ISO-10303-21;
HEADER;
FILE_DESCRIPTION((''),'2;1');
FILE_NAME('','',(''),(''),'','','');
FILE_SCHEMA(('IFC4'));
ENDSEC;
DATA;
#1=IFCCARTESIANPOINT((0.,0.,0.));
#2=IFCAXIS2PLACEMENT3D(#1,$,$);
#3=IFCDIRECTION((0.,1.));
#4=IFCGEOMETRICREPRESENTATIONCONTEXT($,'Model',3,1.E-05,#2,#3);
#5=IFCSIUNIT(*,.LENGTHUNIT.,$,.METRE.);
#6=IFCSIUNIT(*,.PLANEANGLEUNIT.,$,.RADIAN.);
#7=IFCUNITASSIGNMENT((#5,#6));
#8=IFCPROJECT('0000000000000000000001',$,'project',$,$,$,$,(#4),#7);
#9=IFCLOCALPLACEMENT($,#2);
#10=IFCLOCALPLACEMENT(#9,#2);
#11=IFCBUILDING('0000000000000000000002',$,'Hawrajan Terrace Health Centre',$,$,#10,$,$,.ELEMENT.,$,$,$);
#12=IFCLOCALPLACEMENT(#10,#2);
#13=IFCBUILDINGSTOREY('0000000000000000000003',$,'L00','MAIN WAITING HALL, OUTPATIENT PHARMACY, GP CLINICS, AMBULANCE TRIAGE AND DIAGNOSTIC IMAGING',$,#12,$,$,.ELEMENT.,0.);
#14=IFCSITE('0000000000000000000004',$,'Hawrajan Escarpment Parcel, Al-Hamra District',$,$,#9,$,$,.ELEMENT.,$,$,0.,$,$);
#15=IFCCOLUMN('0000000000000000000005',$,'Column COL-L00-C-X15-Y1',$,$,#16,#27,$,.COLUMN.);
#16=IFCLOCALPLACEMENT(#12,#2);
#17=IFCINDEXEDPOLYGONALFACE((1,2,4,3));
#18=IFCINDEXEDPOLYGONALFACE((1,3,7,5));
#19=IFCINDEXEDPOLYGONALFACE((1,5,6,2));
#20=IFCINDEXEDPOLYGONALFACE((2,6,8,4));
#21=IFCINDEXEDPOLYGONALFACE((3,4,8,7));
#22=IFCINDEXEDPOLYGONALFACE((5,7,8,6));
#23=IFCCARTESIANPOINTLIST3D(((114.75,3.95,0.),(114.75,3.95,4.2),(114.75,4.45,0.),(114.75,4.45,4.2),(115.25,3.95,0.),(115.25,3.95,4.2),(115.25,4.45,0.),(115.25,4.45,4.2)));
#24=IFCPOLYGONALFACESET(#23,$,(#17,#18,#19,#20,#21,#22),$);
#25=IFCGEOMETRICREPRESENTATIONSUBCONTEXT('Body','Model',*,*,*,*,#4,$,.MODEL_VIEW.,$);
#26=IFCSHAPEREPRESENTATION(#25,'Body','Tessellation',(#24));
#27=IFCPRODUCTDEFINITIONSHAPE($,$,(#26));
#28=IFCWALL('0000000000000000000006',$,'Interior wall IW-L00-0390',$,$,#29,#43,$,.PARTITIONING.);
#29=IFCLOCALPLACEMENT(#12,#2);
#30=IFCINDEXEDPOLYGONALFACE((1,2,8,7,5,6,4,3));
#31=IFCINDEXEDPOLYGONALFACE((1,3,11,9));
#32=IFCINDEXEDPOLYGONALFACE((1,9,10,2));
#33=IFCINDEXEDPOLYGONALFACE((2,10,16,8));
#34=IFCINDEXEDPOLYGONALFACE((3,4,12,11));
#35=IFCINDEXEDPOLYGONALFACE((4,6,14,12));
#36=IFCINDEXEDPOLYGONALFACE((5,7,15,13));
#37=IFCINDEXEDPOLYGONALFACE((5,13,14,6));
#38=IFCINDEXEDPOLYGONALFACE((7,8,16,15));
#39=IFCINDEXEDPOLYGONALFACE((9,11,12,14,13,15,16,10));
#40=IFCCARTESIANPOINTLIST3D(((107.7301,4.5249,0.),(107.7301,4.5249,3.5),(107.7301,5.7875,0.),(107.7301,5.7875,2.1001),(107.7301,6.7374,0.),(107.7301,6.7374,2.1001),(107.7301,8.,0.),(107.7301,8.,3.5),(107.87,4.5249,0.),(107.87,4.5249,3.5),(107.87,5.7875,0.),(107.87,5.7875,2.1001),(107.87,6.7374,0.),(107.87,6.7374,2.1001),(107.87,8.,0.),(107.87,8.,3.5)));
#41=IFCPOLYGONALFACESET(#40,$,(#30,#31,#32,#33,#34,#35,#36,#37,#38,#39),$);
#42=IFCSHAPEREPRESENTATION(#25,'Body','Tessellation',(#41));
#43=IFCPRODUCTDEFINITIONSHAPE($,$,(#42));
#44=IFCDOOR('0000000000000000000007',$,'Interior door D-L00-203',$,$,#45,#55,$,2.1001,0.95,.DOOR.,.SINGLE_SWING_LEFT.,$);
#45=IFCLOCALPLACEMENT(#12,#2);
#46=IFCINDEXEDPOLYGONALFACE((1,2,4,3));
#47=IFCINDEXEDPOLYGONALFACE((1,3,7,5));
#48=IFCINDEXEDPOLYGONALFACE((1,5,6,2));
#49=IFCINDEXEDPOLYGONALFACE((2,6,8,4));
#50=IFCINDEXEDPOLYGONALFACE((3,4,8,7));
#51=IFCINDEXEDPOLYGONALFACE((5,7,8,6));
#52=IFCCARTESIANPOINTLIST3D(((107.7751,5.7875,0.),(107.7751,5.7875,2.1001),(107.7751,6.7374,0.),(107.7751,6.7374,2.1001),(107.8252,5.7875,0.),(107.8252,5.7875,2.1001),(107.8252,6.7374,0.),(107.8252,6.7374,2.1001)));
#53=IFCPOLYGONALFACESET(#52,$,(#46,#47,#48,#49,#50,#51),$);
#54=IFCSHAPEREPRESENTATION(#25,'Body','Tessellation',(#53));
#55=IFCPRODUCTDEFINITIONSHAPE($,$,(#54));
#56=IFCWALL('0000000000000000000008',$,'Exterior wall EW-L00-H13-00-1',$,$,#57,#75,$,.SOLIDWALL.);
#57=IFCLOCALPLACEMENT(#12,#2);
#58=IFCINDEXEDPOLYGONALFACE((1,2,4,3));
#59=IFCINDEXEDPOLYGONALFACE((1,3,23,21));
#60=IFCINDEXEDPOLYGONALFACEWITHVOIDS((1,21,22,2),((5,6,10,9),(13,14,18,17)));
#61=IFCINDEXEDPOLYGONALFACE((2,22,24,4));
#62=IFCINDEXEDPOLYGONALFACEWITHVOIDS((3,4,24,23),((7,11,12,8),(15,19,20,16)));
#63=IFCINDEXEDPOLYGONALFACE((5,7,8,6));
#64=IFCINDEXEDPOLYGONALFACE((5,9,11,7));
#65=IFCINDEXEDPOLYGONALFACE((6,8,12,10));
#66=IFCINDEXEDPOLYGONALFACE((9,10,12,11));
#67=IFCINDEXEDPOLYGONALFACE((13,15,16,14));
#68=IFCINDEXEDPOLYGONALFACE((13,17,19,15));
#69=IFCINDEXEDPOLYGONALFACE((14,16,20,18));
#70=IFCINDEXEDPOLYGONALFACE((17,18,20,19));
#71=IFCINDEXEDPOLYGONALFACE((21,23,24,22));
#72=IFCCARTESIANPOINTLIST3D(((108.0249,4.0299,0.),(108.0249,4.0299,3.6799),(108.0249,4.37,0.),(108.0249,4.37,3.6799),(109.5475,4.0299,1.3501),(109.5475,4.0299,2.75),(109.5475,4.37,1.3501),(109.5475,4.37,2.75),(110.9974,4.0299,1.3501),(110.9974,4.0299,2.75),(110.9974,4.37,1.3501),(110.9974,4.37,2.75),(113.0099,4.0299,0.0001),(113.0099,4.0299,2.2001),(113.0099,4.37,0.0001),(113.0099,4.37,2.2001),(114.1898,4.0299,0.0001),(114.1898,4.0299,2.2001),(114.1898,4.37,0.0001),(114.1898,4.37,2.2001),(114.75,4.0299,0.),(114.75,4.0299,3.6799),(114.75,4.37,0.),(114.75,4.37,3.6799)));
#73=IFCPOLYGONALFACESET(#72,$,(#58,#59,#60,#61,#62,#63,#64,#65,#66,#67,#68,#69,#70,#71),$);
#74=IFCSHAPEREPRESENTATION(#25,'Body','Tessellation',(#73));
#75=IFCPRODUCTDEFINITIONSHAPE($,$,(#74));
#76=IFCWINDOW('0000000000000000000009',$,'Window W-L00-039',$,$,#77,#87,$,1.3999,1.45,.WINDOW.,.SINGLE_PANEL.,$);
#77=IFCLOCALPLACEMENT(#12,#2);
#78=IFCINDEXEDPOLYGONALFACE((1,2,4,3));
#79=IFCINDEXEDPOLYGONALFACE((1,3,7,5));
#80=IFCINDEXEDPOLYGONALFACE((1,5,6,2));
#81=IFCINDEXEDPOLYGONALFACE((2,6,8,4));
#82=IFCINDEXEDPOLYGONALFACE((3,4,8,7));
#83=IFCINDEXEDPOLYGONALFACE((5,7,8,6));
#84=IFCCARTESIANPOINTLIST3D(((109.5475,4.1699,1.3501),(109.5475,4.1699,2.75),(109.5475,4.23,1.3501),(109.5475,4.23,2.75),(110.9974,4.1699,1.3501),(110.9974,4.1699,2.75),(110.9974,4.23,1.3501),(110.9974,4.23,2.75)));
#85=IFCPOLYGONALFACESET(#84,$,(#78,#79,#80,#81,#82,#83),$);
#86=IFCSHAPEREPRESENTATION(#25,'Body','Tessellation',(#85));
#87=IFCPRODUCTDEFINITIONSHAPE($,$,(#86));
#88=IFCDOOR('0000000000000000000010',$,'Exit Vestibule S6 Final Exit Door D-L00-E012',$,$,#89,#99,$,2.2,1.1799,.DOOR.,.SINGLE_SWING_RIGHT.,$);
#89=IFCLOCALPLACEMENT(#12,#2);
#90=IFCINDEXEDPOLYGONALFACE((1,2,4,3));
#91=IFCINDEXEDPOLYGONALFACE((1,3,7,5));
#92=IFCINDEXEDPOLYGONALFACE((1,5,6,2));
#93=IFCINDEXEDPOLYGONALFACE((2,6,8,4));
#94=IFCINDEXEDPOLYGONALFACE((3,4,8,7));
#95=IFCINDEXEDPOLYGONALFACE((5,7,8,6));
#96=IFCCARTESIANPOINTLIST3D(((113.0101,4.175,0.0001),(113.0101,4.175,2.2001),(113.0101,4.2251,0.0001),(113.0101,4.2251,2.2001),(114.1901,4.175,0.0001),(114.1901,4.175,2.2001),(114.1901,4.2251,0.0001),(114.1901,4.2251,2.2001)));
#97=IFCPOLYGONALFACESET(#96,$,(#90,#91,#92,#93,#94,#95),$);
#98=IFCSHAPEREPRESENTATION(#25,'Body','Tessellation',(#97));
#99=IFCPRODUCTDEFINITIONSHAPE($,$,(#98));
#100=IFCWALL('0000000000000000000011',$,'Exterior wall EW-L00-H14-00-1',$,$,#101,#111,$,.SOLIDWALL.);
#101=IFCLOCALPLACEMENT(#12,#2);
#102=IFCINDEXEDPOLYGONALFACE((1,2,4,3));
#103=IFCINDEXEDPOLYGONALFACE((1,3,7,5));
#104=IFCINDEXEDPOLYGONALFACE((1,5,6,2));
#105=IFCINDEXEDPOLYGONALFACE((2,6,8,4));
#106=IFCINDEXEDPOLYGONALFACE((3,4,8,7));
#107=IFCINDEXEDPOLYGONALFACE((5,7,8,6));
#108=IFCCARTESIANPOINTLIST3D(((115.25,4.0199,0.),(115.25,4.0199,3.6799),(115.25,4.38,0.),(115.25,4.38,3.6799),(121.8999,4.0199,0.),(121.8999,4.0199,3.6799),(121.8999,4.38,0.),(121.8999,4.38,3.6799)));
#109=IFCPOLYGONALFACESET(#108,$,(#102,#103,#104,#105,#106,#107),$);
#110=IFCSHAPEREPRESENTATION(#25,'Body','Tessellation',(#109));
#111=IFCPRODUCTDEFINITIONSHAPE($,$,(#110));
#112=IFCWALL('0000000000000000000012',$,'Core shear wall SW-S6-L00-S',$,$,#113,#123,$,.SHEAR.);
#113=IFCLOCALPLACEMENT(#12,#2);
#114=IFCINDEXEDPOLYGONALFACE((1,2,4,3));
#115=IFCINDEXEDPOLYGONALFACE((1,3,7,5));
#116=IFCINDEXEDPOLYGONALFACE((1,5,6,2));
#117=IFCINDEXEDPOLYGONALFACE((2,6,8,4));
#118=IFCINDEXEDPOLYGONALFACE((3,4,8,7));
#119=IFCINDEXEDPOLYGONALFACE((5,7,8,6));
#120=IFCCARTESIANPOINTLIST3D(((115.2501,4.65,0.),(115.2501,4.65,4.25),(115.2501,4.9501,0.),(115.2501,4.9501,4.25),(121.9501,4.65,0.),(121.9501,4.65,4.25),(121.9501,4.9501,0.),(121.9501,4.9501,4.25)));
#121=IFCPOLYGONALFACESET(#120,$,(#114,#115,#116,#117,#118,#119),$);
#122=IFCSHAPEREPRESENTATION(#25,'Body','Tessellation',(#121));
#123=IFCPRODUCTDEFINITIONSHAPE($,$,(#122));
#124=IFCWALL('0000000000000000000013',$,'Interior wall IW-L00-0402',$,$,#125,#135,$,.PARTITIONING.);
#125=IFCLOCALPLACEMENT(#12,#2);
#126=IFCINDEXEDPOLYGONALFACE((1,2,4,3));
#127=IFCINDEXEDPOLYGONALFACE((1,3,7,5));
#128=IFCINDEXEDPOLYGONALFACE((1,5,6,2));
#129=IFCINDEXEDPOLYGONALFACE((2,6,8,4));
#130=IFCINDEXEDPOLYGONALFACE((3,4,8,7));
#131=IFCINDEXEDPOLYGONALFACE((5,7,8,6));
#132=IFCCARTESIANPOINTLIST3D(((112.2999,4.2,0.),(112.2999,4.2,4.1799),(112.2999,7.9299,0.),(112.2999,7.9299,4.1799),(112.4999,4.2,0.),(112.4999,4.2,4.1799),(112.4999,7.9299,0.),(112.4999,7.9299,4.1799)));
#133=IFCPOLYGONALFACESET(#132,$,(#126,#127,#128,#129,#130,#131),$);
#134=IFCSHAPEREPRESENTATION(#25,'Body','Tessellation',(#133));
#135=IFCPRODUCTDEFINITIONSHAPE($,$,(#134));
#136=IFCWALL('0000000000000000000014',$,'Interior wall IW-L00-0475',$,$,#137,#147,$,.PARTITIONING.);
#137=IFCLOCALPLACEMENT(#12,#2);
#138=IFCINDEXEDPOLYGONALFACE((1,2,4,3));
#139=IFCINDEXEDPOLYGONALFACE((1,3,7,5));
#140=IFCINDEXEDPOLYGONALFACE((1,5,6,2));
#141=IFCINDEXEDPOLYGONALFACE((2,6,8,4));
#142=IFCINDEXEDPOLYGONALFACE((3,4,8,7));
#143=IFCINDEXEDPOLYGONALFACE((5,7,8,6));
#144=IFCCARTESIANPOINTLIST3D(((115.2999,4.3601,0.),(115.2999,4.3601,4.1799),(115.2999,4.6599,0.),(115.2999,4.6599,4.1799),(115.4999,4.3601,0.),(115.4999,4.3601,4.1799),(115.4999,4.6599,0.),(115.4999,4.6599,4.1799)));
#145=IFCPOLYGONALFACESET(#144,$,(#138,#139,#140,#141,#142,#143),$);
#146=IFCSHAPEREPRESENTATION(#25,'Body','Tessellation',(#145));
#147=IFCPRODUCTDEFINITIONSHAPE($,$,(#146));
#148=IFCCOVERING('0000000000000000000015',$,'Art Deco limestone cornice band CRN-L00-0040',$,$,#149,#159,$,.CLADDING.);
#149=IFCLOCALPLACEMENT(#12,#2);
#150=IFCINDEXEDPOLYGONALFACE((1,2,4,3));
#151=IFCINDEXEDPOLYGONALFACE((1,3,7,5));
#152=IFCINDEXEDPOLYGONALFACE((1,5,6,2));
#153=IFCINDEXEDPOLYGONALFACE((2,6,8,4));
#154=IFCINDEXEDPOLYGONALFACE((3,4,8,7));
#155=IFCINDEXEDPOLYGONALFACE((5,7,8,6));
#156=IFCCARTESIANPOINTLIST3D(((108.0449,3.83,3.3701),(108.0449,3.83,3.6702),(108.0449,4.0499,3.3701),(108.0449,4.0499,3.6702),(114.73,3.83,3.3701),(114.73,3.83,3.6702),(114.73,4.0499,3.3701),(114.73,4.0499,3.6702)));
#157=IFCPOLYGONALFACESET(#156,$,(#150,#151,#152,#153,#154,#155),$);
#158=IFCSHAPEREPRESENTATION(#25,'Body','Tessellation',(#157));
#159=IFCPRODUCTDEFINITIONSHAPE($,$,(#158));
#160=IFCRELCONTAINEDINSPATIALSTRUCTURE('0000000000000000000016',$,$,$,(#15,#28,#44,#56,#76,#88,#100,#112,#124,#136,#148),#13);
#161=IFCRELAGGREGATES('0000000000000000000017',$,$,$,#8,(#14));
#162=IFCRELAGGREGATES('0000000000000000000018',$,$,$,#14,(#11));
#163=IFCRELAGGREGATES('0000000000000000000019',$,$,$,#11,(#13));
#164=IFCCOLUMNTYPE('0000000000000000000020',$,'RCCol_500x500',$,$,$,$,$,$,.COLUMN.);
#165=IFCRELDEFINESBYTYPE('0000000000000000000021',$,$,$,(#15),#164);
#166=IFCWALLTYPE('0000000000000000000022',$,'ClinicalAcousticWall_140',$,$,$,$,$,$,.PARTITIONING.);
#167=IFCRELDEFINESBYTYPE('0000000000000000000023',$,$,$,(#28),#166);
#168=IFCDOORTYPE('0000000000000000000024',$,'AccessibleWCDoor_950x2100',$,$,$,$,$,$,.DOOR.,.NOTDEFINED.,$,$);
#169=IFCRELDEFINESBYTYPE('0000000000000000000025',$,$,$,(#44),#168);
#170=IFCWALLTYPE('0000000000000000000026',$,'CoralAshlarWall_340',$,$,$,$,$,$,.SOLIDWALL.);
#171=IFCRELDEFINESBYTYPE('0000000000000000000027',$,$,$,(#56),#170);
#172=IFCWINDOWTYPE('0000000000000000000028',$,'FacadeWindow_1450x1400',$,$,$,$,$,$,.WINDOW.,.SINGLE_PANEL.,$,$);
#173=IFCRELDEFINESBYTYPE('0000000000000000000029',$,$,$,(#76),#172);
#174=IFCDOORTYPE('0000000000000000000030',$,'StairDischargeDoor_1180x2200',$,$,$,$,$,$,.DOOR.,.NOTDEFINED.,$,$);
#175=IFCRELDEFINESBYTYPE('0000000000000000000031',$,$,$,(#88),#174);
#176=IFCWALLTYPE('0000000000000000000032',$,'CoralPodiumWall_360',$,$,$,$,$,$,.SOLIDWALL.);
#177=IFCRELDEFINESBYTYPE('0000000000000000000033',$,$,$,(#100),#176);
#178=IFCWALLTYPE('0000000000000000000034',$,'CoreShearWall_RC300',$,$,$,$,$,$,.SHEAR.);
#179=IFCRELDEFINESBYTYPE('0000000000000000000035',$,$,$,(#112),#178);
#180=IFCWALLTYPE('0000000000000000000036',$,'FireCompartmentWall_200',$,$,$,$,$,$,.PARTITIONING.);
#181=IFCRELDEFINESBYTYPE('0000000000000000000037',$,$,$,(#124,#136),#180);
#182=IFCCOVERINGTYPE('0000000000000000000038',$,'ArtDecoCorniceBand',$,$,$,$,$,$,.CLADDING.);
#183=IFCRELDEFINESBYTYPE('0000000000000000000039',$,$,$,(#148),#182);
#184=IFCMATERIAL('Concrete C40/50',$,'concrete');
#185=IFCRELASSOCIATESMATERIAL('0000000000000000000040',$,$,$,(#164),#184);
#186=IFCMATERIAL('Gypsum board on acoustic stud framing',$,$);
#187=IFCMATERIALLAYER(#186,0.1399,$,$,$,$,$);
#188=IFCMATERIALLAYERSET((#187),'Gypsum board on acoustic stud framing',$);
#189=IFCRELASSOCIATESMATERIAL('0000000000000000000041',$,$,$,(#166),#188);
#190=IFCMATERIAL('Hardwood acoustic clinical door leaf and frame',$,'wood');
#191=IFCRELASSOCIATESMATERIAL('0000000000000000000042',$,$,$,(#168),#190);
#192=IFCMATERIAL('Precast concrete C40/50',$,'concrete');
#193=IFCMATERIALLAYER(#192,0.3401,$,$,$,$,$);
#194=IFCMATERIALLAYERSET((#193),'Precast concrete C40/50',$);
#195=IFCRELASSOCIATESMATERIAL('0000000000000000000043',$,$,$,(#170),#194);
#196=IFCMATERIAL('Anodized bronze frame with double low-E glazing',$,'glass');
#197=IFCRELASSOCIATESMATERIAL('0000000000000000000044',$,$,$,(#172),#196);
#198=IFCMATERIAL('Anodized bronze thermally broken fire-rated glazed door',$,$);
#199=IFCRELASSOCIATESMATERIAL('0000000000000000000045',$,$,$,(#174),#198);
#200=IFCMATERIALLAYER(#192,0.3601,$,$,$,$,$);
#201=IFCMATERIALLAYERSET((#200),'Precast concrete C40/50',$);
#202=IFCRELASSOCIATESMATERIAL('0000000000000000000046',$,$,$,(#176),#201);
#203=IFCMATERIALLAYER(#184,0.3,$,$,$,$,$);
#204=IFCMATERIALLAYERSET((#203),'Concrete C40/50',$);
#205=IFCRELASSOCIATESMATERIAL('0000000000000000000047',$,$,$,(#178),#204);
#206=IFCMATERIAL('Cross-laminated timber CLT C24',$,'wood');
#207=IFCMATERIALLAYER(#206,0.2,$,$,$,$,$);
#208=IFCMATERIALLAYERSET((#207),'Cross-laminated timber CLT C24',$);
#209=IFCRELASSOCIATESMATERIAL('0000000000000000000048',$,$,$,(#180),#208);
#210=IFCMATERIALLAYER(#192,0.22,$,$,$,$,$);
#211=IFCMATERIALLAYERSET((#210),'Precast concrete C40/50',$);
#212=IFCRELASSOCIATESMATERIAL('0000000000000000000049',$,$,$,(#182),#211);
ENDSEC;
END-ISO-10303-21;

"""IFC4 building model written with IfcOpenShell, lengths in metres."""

from ifc_helpers import new_model, si_unit, direction, frame, frame_2d, origin, origin_2d, place, context, subcontext, project, spatial, rectangle, extrude, material, layer, layer_set, material_profile, profile_set, type_object, element, fill, save


model = new_model("IFC4")

# Units and contexts
model_context = context("Model", 3, precision=1e-05, world=origin(), true_north=direction((0.0, 1.0)))
body_context = subcontext(model_context, "Body", "Model", "MODEL_VIEW")
ifc_project = project(units=[si_unit("LENGTHUNIT", "METRE"), si_unit("PLANEANGLEUNIT", "RADIAN")], contexts=[model_context])

# Site, building, storey
site_placement = place(None, origin())
site = spatial("IfcSite", under=ifc_project, at=site_placement, Name="Hawrajan Escarpment Parcel, Al-Hamra District", CompositionType="ELEMENT", RefElevation=0.0)
building_placement = place(site_placement, origin())
building = spatial("IfcBuilding", under=site, at=building_placement, Name="Hawrajan Terrace Health Centre", CompositionType="ELEMENT")
storey_placement = place(building_placement, origin())
storey = spatial("IfcBuildingStorey", under=building, at=storey_placement, Name="L00", Description="MAIN WAITING HALL, OUTPATIENT PHARMACY, GP CLINICS, AMBULANCE TRIAGE AND DIAGNOSTIC IMAGING", CompositionType="ELEMENT", Elevation=0.0)

# Shared definitions
ifc_material_1 = material(Name="Concrete C40/50", Category="concrete")

# Column
ifc_material_profile_1 = material_profile(ifc_material_1, rectangle(XDim=0.5, YDim=0.5, at=origin_2d()), Name="RC 500x500")
ifc_profile_set_1 = profile_set([ifc_material_profile_1], Name="Concrete C40/50")
column_type = type_object("IfcColumnType", Name="RCCol_500x500", PredefinedType="COLUMN", material=ifc_profile_set_1)
column_placement = place(storey_placement, frame((115.0, 4.2, 0.0), z_axis=(0.0, 0.0, 1.0), x_axis=(1.0, 0.0, 0.0)))
element("IfcColumn", 1, at=column_placement, inside=storey, type_object=column_type, Name="Column COL-L00-C-X15-Y1", PredefinedType="COLUMN", context=body_context, shape_type="SweptSolid", body=[
    extrude(rectangle(XDim=0.5, YDim=0.5, at=origin_2d()), origin(), (0.0, 0.0, 1.0), 4.2),
])

# Wall, opening, door
ifc_material_2 = material(Name="Gypsum board on acoustic stud framing")
ifc_layer_1 = layer(ifc_material_2, 0.1399)
ifc_layer_set_1 = layer_set([ifc_layer_1], Name="Gypsum board on acoustic stud framing")
wall_type_1 = type_object("IfcWallType", Name="ClinicalAcousticWall_140", PredefinedType="PARTITIONING", material=ifc_layer_set_1)
wall_1_placement = place(storey_placement, frame((107.8, 4.5249, 0.0), z_axis=(0.0, 0.0, 1.0), x_axis=(0.0, 1.0, 0.0)))
wall_1 = element("IfcWall", 2, at=wall_1_placement, inside=storey, type_object=wall_type_1, Name="Interior wall IW-L00-0390", PredefinedType="PARTITIONING", context=body_context, shape_type="SweptSolid", body=[
    extrude(rectangle(XDim=3.4751, YDim=0.1399, at=frame_2d((1.7375, 0.0))), origin(), (0.0, 0.0, 1.0), 3.5),
])
opening_1_placement = place(wall_1_placement, frame((1.2625, 0.0, 0.0)))
opening_1 = element("IfcOpeningElement", 3, at=opening_1_placement, cuts=wall_1, PredefinedType="OPENING", context=body_context, shape_type="SweptSolid", body=[
    extrude(rectangle(XDim=0.95, YDim=2.1001, at=frame_2d((0.4751, 1.05))), frame((0.0, 0.0798, 0.0), z_axis=(0.0, -1.0, 0.0), x_axis=(1.0, 0.0, 0.0)), (0.0, 0.0, 1.0), 0.1599),
])
ifc_material_3 = material(Name="Hardwood acoustic clinical door leaf and frame", Category="wood")
door_type_1 = type_object("IfcDoorType", Name="AccessibleWCDoor_950x2100", OperationType="NOTDEFINED", PredefinedType="DOOR", material=ifc_material_3)
door_1_placement = place(opening_1_placement, origin())
door_1 = element("IfcDoor", 4, at=door_1_placement, inside=storey, type_object=door_type_1, Name="Interior door D-L00-203", OperationType="SINGLE_SWING_LEFT", OverallHeight=2.1001, OverallWidth=0.95, PredefinedType="DOOR", context=body_context, shape_type="SweptSolid", body=[
    extrude(rectangle(XDim=0.95, YDim=2.1001, at=frame_2d((0.4751, 1.05))), frame((0.0, 0.0249, 0.0), z_axis=(0.0, -1.0, 0.0), x_axis=(1.0, 0.0, 0.0)), (0.0, 0.0, 1.0), 0.05),
])
fill(opening_1, door_1)

# Wall, openings, window, door
ifc_material_4 = material(Name="Precast concrete C40/50", Category="concrete")
ifc_layer_2 = layer(ifc_material_4, 0.3401)
ifc_layer_set_2 = layer_set([ifc_layer_2], Name="Precast concrete C40/50")
wall_type_2 = type_object("IfcWallType", Name="CoralAshlarWall_340", PredefinedType="SOLIDWALL", material=ifc_layer_set_2)
wall_2_placement = place(storey_placement, frame((108.0249, 4.2, 0.0), z_axis=(0.0, 0.0, 1.0), x_axis=(1.0, 0.0, 0.0)))
wall_2 = element("IfcWall", 5, at=wall_2_placement, inside=storey, type_object=wall_type_2, Name="Exterior wall EW-L00-H13-00-1", PredefinedType="SOLIDWALL", context=body_context, shape_type="SweptSolid", body=[
    extrude(rectangle(XDim=6.7251, YDim=0.3401, at=frame_2d((3.3625, 0.0))), origin(), (0.0, 0.0, 1.0), 3.6799),
])
opening_2_placement = place(wall_2_placement, frame((4.9851, 0.0, 0.0)))
opening_2 = element("IfcOpeningElement", 6, at=opening_2_placement, cuts=wall_2, PredefinedType="OPENING", context=body_context, shape_type="SweptSolid", body=[
    extrude(rectangle(XDim=1.1799, YDim=2.2, at=frame_2d((0.5898, 1.1001))), frame((0.0, 0.1799, 0.0), z_axis=(0.0, -1.0, 0.0), x_axis=(1.0, 0.0, 0.0)), (0.0, 0.0, 1.0), 0.3601),
])
opening_3_placement = place(wall_2_placement, frame((1.5225, 0.0, 1.3501)))
opening_3 = element("IfcOpeningElement", 7, at=opening_3_placement, cuts=wall_2, PredefinedType="OPENING", context=body_context, shape_type="SweptSolid", body=[
    extrude(rectangle(XDim=1.45, YDim=1.3999, at=frame_2d((0.7251, 0.7))), frame((0.0, 0.1799, 0.0), z_axis=(0.0, -1.0, 0.0), x_axis=(1.0, 0.0, 0.0)), (0.0, 0.0, 1.0), 0.3601),
])
ifc_material_5 = material(Name="Anodized bronze frame with double low-E glazing", Category="glass")
window_type = type_object("IfcWindowType", Name="FacadeWindow_1450x1400", PartitioningType="SINGLE_PANEL", PredefinedType="WINDOW", material=ifc_material_5)
window_placement = place(opening_3_placement, origin())
window = element("IfcWindow", 8, at=window_placement, inside=storey, type_object=window_type, Name="Window W-L00-039", OverallHeight=1.3999, OverallWidth=1.45, PartitioningType="SINGLE_PANEL", PredefinedType="WINDOW", context=body_context, shape_type="SweptSolid", body=[
    extrude(rectangle(XDim=1.45, YDim=1.3999, at=frame_2d((0.7251, 0.7))), frame((0.0, 0.03, 0.0), z_axis=(0.0, -1.0, 0.0), x_axis=(1.0, 0.0, 0.0)), (0.0, 0.0, 1.0), 0.0601),
])
fill(opening_3, window)
ifc_material_6 = material(Name="Anodized bronze thermally broken fire-rated glazed door")
door_type_2 = type_object("IfcDoorType", Name="StairDischargeDoor_1180x2200", OperationType="NOTDEFINED", PredefinedType="DOOR", material=ifc_material_6)
door_2_placement = place(opening_2_placement, frame((1.1799, 0.0, 0.0), z_axis=(0.0, 0.0, 1.0), x_axis=(-1.0, 0.0, 0.0)))
door_2 = element("IfcDoor", 9, at=door_2_placement, inside=storey, type_object=door_type_2, Name="Exit Vestibule S6 Final Exit Door D-L00-E012", OperationType="SINGLE_SWING_RIGHT", OverallHeight=2.2, OverallWidth=1.1799, PredefinedType="DOOR", context=body_context, shape_type="SweptSolid", body=[
    extrude(rectangle(XDim=1.1799, YDim=2.2, at=frame_2d((0.5898, 1.1001))), frame((0.0, 0.0249, 0.0), z_axis=(0.0, -1.0, 0.0), x_axis=(1.0, 0.0, 0.0)), (0.0, 0.0, 1.0), 0.05),
])
fill(opening_2, door_2)

# Walls
ifc_layer_3 = layer(ifc_material_4, 0.3601)
ifc_layer_set_3 = layer_set([ifc_layer_3], Name="Precast concrete C40/50")
wall_type_3 = type_object("IfcWallType", Name="CoralPodiumWall_360", PredefinedType="SOLIDWALL", material=ifc_layer_set_3)
wall_3_placement = place(storey_placement, frame((115.25, 4.2, 0.0), z_axis=(0.0, 0.0, 1.0), x_axis=(1.0, 0.0, 0.0)))
element("IfcWall", 10, at=wall_3_placement, inside=storey, type_object=wall_type_3, Name="Exterior wall EW-L00-H14-00-1", PredefinedType="SOLIDWALL", context=body_context, shape_type="SweptSolid", body=[
    extrude(rectangle(XDim=6.6499, YDim=0.3601, at=frame_2d((3.325, 0.0))), origin(), (0.0, 0.0, 1.0), 3.6799),
])
ifc_layer_4 = layer(ifc_material_1, 0.3)
ifc_layer_set_4 = layer_set([ifc_layer_4], Name="Concrete C40/50")
wall_type_4 = type_object("IfcWallType", Name="CoreShearWall_RC300", PredefinedType="SHEAR", material=ifc_layer_set_4)
wall_4_placement = place(storey_placement, frame((115.25, 4.8, 0.0), z_axis=(0.0, 0.0, 1.0), x_axis=(1.0, 0.0, 0.0)))
element("IfcWall", 11, at=wall_4_placement, inside=storey, type_object=wall_type_4, Name="Core shear wall SW-S6-L00-S", PredefinedType="SHEAR", context=body_context, shape_type="SweptSolid", body=[
    extrude(rectangle(XDim=6.7, YDim=0.3, at=frame_2d((3.3501, 0.0))), origin(), (0.0, 0.0, 1.0), 4.25),
])
ifc_material_7 = material(Name="Cross-laminated timber CLT C24", Category="wood")
ifc_layer_5 = layer(ifc_material_7, 0.2)
ifc_layer_set_5 = layer_set([ifc_layer_5], Name="Cross-laminated timber CLT C24")
wall_type_5 = type_object("IfcWallType", Name="FireCompartmentWall_200", PredefinedType="PARTITIONING", material=ifc_layer_set_5)
wall_5_placement = place(storey_placement, frame((112.3999, 4.2, 0.0), z_axis=(0.0, 0.0, 1.0), x_axis=(0.0, 1.0, 0.0)))
element("IfcWall", 12, at=wall_5_placement, inside=storey, type_object=wall_type_5, Name="Interior wall IW-L00-0402", PredefinedType="PARTITIONING", context=body_context, shape_type="SweptSolid", body=[
    extrude(rectangle(XDim=3.73, YDim=0.2, at=frame_2d((1.865, 0.0))), origin(), (0.0, 0.0, 1.0), 4.1799),
])
wall_6_placement = place(storey_placement, frame((115.3999, 4.3601, 0.0), z_axis=(0.0, 0.0, 1.0), x_axis=(0.0, 1.0, 0.0)))
element("IfcWall", 13, at=wall_6_placement, inside=storey, type_object=wall_type_5, Name="Interior wall IW-L00-0475", PredefinedType="PARTITIONING", context=body_context, shape_type="SweptSolid", body=[
    extrude(rectangle(XDim=0.2998, YDim=0.2, at=frame_2d((0.1499, 0.0))), origin(), (0.0, 0.0, 1.0), 4.1799),
])

# Covering
ifc_layer_6 = layer(ifc_material_4, 0.22)
ifc_layer_set_6 = layer_set([ifc_layer_6], Name="Precast concrete C40/50")
covering_type_1 = type_object("IfcCoveringType", Name="ArtDecoCorniceBand", PredefinedType="CLADDING", material=ifc_layer_set_6)
covering_placement = place(storey_placement, frame((111.3875, 3.9399, 3.3701), z_axis=(0.0, 0.0, 1.0), x_axis=(1.0, 0.0, 0.0)))
element("IfcCovering", 14, at=covering_placement, inside=storey, type_object=covering_type_1, Name="Art Deco limestone cornice band CRN-L00-0040", PredefinedType="CLADDING", context=body_context, shape_type="SweptSolid", body=[
    extrude(rectangle(XDim=6.6851, YDim=0.22, at=origin_2d()), origin(), (0.0, 0.0, 1.0), 0.3),
])

save(model, "model.ifc")
